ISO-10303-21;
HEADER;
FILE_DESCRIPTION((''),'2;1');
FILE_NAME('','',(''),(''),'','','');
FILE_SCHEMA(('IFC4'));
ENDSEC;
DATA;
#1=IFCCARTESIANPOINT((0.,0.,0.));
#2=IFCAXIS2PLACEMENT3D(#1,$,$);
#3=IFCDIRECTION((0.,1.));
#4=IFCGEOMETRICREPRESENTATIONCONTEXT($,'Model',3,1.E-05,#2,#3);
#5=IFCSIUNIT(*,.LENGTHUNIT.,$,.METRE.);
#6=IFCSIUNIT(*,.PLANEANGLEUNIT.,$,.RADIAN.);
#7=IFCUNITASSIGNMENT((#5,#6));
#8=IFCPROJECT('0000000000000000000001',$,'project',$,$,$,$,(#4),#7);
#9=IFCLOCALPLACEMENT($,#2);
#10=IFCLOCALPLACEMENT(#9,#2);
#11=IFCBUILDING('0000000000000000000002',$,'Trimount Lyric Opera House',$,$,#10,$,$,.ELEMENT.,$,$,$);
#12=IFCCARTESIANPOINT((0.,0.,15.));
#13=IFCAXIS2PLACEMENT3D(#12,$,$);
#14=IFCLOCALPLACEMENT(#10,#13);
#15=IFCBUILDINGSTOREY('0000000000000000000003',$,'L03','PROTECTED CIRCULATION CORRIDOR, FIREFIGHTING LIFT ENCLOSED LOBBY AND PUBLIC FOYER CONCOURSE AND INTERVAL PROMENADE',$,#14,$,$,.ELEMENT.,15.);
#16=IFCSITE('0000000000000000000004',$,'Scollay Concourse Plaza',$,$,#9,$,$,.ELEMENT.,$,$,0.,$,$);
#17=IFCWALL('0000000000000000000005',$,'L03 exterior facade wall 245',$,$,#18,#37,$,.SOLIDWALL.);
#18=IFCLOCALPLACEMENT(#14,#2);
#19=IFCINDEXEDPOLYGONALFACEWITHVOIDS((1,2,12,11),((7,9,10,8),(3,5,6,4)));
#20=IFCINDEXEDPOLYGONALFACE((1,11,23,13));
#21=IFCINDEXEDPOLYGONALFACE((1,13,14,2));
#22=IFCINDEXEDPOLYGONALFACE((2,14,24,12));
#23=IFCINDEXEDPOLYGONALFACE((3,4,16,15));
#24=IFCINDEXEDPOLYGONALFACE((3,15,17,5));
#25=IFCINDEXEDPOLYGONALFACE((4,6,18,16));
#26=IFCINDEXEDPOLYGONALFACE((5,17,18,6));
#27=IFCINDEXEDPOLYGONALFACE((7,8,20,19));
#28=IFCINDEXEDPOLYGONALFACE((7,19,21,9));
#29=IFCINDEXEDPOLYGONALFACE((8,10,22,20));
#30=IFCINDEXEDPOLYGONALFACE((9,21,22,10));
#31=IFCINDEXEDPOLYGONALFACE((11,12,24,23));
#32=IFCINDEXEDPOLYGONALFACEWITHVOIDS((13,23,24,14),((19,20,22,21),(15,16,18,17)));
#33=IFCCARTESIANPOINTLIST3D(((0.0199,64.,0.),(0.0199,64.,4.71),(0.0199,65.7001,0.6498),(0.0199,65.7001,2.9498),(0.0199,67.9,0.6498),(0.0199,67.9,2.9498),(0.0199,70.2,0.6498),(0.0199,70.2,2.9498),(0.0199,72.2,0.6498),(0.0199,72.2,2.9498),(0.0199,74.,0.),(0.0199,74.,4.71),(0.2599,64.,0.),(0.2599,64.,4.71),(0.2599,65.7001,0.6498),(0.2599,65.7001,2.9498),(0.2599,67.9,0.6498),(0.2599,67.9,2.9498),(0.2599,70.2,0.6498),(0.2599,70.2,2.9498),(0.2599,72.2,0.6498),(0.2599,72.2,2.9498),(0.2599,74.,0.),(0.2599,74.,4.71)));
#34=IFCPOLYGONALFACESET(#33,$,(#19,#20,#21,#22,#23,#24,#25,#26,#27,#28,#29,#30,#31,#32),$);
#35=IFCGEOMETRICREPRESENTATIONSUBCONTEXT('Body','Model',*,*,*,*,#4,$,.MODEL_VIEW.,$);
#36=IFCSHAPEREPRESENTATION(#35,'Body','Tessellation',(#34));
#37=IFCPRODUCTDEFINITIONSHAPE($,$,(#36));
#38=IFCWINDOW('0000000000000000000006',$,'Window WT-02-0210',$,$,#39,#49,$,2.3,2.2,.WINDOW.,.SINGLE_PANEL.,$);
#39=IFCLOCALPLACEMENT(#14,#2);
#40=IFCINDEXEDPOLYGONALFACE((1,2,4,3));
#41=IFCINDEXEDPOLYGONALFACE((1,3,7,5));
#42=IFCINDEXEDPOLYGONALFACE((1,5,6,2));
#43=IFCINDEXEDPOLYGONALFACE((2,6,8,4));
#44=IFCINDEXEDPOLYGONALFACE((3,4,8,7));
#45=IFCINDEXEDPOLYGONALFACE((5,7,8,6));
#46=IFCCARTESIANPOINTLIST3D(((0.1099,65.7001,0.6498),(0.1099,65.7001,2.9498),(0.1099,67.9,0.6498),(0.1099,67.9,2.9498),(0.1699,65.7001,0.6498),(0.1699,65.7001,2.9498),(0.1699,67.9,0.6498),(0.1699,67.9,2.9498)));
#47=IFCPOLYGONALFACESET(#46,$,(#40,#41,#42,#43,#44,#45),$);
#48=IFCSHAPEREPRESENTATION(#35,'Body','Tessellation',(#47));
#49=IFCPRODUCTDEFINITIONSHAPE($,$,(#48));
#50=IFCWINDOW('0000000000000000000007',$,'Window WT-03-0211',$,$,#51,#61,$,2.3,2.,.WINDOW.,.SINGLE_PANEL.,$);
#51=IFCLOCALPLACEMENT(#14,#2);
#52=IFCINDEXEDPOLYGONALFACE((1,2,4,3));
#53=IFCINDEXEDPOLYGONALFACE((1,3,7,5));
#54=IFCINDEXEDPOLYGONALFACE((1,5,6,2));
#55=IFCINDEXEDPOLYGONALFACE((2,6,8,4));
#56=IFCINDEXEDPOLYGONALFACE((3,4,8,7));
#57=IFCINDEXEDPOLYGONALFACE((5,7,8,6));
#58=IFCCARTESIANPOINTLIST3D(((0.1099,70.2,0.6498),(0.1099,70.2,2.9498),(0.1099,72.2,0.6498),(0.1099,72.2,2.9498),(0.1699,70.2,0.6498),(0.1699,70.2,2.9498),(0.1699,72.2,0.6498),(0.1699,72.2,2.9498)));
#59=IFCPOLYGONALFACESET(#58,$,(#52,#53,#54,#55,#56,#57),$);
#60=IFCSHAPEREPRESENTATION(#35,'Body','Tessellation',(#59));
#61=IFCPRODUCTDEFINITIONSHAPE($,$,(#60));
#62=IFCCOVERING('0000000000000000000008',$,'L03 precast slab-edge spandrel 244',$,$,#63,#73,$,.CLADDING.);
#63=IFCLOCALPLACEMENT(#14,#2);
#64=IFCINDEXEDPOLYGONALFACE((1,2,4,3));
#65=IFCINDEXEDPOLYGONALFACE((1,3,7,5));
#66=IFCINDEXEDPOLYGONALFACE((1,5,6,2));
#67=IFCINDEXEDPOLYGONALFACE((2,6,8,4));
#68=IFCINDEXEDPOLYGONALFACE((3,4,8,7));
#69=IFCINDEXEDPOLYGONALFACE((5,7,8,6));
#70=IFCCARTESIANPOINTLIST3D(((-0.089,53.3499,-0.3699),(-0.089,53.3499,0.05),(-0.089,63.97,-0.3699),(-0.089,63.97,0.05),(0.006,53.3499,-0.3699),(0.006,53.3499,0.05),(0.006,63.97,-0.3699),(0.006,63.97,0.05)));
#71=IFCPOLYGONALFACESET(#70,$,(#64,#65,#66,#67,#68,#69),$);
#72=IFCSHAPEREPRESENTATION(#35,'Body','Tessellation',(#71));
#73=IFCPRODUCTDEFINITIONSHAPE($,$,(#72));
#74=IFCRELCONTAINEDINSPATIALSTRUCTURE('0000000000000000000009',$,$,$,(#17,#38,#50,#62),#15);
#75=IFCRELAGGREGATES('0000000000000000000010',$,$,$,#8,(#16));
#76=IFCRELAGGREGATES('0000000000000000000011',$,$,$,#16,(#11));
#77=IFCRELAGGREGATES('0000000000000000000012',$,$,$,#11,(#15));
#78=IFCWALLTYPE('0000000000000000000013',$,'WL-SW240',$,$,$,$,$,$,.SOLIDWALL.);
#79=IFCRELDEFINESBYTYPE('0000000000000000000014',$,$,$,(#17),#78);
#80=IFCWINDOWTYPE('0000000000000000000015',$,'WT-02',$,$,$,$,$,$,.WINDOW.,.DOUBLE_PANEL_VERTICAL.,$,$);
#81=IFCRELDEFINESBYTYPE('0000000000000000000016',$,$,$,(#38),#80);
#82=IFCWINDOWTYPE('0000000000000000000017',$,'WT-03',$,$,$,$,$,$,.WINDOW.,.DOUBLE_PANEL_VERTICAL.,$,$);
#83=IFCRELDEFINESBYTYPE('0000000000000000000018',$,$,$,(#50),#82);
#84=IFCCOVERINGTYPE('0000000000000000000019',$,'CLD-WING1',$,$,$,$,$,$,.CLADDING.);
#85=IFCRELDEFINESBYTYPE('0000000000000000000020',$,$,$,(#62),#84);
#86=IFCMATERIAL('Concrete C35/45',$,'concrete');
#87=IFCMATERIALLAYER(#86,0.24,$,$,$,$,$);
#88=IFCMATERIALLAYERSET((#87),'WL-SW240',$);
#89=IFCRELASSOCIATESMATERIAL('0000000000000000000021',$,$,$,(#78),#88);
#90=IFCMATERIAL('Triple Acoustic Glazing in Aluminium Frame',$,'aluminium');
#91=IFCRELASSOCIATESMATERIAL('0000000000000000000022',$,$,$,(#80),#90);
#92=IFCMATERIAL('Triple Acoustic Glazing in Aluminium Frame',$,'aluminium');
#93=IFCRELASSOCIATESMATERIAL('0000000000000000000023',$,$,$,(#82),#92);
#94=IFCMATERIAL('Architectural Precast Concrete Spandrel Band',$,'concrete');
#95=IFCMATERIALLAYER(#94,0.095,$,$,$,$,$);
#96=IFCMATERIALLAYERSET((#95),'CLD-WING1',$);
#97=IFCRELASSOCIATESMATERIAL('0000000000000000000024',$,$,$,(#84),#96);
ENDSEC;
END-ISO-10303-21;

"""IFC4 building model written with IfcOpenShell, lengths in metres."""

from ifc_helpers import new_model, si_unit, direction, frame, frame_2d, origin, origin_2d, place, context, subcontext, project, spatial, rectangle, extrude, material, layer, layer_set, type_object, element, fill, save


model = new_model("IFC4")

# Units and contexts
model_context = context("Model", 3, precision=1e-05, world=origin(), true_north=direction((0.0, 1.0)))
body_context = subcontext(model_context, "Body", "Model", "MODEL_VIEW")
ifc_project = project(units=[si_unit("LENGTHUNIT", "METRE"), si_unit("PLANEANGLEUNIT", "RADIAN")], contexts=[model_context])

# Site, building, storey
site_placement = place(None, origin())
site = spatial("IfcSite", under=ifc_project, at=site_placement, Name="Scollay Concourse Plaza", CompositionType="ELEMENT", RefElevation=0.0)
building_placement = place(site_placement, origin())
building = spatial("IfcBuilding", under=site, at=building_placement, Name="Trimount Lyric Opera House", CompositionType="ELEMENT")
storey_placement = place(building_placement, frame((0.0, 0.0, 15.0)))
storey = spatial("IfcBuildingStorey", under=building, at=storey_placement, Name="L03", Description="PROTECTED CIRCULATION CORRIDOR, FIREFIGHTING LIFT ENCLOSED LOBBY AND PUBLIC FOYER CONCOURSE AND INTERVAL PROMENADE", CompositionType="ELEMENT", Elevation=15.0)

# Wall, openings, windows
ifc_material_1 = material(Name="Concrete C35/45", Category="concrete")
ifc_layer_1 = layer(ifc_material_1, 0.24)
ifc_layer_set_1 = layer_set([ifc_layer_1], Name="WL-SW240")
wall_type_1 = type_object("IfcWallType", Name="WL-SW240", PredefinedType="SOLIDWALL", material=ifc_layer_set_1)
wall_1_placement = place(storey_placement, frame((0.1399, 64.0, 0.0), z_axis=(0.0, 0.0, 1.0), x_axis=(0.0, 1.0, 0.0)))
wall_1 = element("IfcWall", 1, at=wall_1_placement, inside=storey, type_object=wall_type_1, Name="L03 exterior facade wall 245", PredefinedType="SOLIDWALL", context=body_context, shape_type="SweptSolid", body=[
    extrude(rectangle(XDim=10.0, YDim=0.24, at=frame_2d((5.0, 0.0))), origin(), (0.0, 0.0, 1.0), 4.71),
])
opening_1_placement = place(wall_1_placement, frame((1.7, 0.0, 0.6499)))
opening_1 = element("IfcOpeningElement", 2, at=opening_1_placement, cuts=wall_1, PredefinedType="OPENING", context=body_context, shape_type="SweptSolid", body=[
    extrude(rectangle(XDim=2.2, YDim=2.3, at=frame_2d((1.1001, 1.1499))), frame((0.0, 0.1299, 0.0), z_axis=(0.0, -1.0, 0.0), x_axis=(1.0, 0.0, 0.0)), (0.0, 0.0, 1.0), 0.26),
])
opening_2_placement = place(wall_1_placement, frame((6.2, 0.0, 0.6499)))
opening_2 = element("IfcOpeningElement", 3, at=opening_2_placement, cuts=wall_1, PredefinedType="OPENING", context=body_context, shape_type="SweptSolid", body=[
    extrude(rectangle(XDim=2.0, YDim=2.3, at=frame_2d((1.0, 1.1499))), frame((0.0, 0.1299, 0.0), z_axis=(0.0, -1.0, 0.0), x_axis=(1.0, 0.0, 0.0)), (0.0, 0.0, 1.0), 0.26),
])
ifc_material_2 = material(Name="Triple Acoustic Glazing in Aluminium Frame", Category="aluminium")
window_type_1 = type_object("IfcWindowType", Name="WT-02", PartitioningType="DOUBLE_PANEL_VERTICAL", PredefinedType="WINDOW", material=ifc_material_2)
window_1_placement = place(opening_1_placement, origin())
window_1 = element("IfcWindow", 4, at=window_1_placement, inside=storey, type_object=window_type_1, Name="Window WT-02-0210", OverallHeight=2.3, OverallWidth=2.2, PartitioningType="SINGLE_PANEL", PredefinedType="WINDOW", context=body_context, shape_type="SweptSolid", body=[
    extrude(rectangle(XDim=2.2, YDim=2.3, at=frame_2d((1.1001, 1.1499))), frame((0.0, 0.03, 0.0), z_axis=(0.0, -1.0, 0.0), x_axis=(1.0, 0.0, 0.0)), (0.0, 0.0, 1.0), 0.0601),
])
fill(opening_1, window_1)
ifc_material_3 = material(Name="Triple Acoustic Glazing in Aluminium Frame", Category="aluminium")
window_type_2 = type_object("IfcWindowType", Name="WT-03", PartitioningType="DOUBLE_PANEL_VERTICAL", PredefinedType="WINDOW", material=ifc_material_3)
window_2_placement = place(opening_2_placement, origin())
window_2 = element("IfcWindow", 5, at=window_2_placement, inside=storey, type_object=window_type_2, Name="Window WT-03-0211", OverallHeight=2.3, OverallWidth=2.0, PartitioningType="SINGLE_PANEL", PredefinedType="WINDOW", context=body_context, shape_type="SweptSolid", body=[
    extrude(rectangle(XDim=2.0, YDim=2.3, at=frame_2d((1.0, 1.1499))), frame((0.0, 0.03, 0.0), z_axis=(0.0, -1.0, 0.0), x_axis=(1.0, 0.0, 0.0)), (0.0, 0.0, 1.0), 0.0601),
])
fill(opening_2, window_2)

# Covering
ifc_material_4 = material(Name="Architectural Precast Concrete Spandrel Band", Category="concrete")
ifc_layer_2 = layer(ifc_material_4, 0.095)
ifc_layer_set_2 = layer_set([ifc_layer_2], Name="CLD-WING1")
covering_type = type_object("IfcCoveringType", Name="CLD-WING1", PredefinedType="CLADDING", material=ifc_layer_set_2)
covering_placement = place(storey_placement, frame((-0.0415, 58.6599, -0.3699), z_axis=(0.0, 0.0, 1.0), x_axis=(0.0, 1.0, 0.0)))
element("IfcCovering", 6, at=covering_placement, inside=storey, type_object=covering_type, Name="L03 precast slab-edge spandrel 244", PredefinedType="CLADDING", context=body_context, shape_type="SweptSolid", body=[
    extrude(rectangle(XDim=10.6201, YDim=0.095, at=origin_2d()), origin(), (0.0, 0.0, 1.0), 0.4199),
])

save(model, "model.ifc")
